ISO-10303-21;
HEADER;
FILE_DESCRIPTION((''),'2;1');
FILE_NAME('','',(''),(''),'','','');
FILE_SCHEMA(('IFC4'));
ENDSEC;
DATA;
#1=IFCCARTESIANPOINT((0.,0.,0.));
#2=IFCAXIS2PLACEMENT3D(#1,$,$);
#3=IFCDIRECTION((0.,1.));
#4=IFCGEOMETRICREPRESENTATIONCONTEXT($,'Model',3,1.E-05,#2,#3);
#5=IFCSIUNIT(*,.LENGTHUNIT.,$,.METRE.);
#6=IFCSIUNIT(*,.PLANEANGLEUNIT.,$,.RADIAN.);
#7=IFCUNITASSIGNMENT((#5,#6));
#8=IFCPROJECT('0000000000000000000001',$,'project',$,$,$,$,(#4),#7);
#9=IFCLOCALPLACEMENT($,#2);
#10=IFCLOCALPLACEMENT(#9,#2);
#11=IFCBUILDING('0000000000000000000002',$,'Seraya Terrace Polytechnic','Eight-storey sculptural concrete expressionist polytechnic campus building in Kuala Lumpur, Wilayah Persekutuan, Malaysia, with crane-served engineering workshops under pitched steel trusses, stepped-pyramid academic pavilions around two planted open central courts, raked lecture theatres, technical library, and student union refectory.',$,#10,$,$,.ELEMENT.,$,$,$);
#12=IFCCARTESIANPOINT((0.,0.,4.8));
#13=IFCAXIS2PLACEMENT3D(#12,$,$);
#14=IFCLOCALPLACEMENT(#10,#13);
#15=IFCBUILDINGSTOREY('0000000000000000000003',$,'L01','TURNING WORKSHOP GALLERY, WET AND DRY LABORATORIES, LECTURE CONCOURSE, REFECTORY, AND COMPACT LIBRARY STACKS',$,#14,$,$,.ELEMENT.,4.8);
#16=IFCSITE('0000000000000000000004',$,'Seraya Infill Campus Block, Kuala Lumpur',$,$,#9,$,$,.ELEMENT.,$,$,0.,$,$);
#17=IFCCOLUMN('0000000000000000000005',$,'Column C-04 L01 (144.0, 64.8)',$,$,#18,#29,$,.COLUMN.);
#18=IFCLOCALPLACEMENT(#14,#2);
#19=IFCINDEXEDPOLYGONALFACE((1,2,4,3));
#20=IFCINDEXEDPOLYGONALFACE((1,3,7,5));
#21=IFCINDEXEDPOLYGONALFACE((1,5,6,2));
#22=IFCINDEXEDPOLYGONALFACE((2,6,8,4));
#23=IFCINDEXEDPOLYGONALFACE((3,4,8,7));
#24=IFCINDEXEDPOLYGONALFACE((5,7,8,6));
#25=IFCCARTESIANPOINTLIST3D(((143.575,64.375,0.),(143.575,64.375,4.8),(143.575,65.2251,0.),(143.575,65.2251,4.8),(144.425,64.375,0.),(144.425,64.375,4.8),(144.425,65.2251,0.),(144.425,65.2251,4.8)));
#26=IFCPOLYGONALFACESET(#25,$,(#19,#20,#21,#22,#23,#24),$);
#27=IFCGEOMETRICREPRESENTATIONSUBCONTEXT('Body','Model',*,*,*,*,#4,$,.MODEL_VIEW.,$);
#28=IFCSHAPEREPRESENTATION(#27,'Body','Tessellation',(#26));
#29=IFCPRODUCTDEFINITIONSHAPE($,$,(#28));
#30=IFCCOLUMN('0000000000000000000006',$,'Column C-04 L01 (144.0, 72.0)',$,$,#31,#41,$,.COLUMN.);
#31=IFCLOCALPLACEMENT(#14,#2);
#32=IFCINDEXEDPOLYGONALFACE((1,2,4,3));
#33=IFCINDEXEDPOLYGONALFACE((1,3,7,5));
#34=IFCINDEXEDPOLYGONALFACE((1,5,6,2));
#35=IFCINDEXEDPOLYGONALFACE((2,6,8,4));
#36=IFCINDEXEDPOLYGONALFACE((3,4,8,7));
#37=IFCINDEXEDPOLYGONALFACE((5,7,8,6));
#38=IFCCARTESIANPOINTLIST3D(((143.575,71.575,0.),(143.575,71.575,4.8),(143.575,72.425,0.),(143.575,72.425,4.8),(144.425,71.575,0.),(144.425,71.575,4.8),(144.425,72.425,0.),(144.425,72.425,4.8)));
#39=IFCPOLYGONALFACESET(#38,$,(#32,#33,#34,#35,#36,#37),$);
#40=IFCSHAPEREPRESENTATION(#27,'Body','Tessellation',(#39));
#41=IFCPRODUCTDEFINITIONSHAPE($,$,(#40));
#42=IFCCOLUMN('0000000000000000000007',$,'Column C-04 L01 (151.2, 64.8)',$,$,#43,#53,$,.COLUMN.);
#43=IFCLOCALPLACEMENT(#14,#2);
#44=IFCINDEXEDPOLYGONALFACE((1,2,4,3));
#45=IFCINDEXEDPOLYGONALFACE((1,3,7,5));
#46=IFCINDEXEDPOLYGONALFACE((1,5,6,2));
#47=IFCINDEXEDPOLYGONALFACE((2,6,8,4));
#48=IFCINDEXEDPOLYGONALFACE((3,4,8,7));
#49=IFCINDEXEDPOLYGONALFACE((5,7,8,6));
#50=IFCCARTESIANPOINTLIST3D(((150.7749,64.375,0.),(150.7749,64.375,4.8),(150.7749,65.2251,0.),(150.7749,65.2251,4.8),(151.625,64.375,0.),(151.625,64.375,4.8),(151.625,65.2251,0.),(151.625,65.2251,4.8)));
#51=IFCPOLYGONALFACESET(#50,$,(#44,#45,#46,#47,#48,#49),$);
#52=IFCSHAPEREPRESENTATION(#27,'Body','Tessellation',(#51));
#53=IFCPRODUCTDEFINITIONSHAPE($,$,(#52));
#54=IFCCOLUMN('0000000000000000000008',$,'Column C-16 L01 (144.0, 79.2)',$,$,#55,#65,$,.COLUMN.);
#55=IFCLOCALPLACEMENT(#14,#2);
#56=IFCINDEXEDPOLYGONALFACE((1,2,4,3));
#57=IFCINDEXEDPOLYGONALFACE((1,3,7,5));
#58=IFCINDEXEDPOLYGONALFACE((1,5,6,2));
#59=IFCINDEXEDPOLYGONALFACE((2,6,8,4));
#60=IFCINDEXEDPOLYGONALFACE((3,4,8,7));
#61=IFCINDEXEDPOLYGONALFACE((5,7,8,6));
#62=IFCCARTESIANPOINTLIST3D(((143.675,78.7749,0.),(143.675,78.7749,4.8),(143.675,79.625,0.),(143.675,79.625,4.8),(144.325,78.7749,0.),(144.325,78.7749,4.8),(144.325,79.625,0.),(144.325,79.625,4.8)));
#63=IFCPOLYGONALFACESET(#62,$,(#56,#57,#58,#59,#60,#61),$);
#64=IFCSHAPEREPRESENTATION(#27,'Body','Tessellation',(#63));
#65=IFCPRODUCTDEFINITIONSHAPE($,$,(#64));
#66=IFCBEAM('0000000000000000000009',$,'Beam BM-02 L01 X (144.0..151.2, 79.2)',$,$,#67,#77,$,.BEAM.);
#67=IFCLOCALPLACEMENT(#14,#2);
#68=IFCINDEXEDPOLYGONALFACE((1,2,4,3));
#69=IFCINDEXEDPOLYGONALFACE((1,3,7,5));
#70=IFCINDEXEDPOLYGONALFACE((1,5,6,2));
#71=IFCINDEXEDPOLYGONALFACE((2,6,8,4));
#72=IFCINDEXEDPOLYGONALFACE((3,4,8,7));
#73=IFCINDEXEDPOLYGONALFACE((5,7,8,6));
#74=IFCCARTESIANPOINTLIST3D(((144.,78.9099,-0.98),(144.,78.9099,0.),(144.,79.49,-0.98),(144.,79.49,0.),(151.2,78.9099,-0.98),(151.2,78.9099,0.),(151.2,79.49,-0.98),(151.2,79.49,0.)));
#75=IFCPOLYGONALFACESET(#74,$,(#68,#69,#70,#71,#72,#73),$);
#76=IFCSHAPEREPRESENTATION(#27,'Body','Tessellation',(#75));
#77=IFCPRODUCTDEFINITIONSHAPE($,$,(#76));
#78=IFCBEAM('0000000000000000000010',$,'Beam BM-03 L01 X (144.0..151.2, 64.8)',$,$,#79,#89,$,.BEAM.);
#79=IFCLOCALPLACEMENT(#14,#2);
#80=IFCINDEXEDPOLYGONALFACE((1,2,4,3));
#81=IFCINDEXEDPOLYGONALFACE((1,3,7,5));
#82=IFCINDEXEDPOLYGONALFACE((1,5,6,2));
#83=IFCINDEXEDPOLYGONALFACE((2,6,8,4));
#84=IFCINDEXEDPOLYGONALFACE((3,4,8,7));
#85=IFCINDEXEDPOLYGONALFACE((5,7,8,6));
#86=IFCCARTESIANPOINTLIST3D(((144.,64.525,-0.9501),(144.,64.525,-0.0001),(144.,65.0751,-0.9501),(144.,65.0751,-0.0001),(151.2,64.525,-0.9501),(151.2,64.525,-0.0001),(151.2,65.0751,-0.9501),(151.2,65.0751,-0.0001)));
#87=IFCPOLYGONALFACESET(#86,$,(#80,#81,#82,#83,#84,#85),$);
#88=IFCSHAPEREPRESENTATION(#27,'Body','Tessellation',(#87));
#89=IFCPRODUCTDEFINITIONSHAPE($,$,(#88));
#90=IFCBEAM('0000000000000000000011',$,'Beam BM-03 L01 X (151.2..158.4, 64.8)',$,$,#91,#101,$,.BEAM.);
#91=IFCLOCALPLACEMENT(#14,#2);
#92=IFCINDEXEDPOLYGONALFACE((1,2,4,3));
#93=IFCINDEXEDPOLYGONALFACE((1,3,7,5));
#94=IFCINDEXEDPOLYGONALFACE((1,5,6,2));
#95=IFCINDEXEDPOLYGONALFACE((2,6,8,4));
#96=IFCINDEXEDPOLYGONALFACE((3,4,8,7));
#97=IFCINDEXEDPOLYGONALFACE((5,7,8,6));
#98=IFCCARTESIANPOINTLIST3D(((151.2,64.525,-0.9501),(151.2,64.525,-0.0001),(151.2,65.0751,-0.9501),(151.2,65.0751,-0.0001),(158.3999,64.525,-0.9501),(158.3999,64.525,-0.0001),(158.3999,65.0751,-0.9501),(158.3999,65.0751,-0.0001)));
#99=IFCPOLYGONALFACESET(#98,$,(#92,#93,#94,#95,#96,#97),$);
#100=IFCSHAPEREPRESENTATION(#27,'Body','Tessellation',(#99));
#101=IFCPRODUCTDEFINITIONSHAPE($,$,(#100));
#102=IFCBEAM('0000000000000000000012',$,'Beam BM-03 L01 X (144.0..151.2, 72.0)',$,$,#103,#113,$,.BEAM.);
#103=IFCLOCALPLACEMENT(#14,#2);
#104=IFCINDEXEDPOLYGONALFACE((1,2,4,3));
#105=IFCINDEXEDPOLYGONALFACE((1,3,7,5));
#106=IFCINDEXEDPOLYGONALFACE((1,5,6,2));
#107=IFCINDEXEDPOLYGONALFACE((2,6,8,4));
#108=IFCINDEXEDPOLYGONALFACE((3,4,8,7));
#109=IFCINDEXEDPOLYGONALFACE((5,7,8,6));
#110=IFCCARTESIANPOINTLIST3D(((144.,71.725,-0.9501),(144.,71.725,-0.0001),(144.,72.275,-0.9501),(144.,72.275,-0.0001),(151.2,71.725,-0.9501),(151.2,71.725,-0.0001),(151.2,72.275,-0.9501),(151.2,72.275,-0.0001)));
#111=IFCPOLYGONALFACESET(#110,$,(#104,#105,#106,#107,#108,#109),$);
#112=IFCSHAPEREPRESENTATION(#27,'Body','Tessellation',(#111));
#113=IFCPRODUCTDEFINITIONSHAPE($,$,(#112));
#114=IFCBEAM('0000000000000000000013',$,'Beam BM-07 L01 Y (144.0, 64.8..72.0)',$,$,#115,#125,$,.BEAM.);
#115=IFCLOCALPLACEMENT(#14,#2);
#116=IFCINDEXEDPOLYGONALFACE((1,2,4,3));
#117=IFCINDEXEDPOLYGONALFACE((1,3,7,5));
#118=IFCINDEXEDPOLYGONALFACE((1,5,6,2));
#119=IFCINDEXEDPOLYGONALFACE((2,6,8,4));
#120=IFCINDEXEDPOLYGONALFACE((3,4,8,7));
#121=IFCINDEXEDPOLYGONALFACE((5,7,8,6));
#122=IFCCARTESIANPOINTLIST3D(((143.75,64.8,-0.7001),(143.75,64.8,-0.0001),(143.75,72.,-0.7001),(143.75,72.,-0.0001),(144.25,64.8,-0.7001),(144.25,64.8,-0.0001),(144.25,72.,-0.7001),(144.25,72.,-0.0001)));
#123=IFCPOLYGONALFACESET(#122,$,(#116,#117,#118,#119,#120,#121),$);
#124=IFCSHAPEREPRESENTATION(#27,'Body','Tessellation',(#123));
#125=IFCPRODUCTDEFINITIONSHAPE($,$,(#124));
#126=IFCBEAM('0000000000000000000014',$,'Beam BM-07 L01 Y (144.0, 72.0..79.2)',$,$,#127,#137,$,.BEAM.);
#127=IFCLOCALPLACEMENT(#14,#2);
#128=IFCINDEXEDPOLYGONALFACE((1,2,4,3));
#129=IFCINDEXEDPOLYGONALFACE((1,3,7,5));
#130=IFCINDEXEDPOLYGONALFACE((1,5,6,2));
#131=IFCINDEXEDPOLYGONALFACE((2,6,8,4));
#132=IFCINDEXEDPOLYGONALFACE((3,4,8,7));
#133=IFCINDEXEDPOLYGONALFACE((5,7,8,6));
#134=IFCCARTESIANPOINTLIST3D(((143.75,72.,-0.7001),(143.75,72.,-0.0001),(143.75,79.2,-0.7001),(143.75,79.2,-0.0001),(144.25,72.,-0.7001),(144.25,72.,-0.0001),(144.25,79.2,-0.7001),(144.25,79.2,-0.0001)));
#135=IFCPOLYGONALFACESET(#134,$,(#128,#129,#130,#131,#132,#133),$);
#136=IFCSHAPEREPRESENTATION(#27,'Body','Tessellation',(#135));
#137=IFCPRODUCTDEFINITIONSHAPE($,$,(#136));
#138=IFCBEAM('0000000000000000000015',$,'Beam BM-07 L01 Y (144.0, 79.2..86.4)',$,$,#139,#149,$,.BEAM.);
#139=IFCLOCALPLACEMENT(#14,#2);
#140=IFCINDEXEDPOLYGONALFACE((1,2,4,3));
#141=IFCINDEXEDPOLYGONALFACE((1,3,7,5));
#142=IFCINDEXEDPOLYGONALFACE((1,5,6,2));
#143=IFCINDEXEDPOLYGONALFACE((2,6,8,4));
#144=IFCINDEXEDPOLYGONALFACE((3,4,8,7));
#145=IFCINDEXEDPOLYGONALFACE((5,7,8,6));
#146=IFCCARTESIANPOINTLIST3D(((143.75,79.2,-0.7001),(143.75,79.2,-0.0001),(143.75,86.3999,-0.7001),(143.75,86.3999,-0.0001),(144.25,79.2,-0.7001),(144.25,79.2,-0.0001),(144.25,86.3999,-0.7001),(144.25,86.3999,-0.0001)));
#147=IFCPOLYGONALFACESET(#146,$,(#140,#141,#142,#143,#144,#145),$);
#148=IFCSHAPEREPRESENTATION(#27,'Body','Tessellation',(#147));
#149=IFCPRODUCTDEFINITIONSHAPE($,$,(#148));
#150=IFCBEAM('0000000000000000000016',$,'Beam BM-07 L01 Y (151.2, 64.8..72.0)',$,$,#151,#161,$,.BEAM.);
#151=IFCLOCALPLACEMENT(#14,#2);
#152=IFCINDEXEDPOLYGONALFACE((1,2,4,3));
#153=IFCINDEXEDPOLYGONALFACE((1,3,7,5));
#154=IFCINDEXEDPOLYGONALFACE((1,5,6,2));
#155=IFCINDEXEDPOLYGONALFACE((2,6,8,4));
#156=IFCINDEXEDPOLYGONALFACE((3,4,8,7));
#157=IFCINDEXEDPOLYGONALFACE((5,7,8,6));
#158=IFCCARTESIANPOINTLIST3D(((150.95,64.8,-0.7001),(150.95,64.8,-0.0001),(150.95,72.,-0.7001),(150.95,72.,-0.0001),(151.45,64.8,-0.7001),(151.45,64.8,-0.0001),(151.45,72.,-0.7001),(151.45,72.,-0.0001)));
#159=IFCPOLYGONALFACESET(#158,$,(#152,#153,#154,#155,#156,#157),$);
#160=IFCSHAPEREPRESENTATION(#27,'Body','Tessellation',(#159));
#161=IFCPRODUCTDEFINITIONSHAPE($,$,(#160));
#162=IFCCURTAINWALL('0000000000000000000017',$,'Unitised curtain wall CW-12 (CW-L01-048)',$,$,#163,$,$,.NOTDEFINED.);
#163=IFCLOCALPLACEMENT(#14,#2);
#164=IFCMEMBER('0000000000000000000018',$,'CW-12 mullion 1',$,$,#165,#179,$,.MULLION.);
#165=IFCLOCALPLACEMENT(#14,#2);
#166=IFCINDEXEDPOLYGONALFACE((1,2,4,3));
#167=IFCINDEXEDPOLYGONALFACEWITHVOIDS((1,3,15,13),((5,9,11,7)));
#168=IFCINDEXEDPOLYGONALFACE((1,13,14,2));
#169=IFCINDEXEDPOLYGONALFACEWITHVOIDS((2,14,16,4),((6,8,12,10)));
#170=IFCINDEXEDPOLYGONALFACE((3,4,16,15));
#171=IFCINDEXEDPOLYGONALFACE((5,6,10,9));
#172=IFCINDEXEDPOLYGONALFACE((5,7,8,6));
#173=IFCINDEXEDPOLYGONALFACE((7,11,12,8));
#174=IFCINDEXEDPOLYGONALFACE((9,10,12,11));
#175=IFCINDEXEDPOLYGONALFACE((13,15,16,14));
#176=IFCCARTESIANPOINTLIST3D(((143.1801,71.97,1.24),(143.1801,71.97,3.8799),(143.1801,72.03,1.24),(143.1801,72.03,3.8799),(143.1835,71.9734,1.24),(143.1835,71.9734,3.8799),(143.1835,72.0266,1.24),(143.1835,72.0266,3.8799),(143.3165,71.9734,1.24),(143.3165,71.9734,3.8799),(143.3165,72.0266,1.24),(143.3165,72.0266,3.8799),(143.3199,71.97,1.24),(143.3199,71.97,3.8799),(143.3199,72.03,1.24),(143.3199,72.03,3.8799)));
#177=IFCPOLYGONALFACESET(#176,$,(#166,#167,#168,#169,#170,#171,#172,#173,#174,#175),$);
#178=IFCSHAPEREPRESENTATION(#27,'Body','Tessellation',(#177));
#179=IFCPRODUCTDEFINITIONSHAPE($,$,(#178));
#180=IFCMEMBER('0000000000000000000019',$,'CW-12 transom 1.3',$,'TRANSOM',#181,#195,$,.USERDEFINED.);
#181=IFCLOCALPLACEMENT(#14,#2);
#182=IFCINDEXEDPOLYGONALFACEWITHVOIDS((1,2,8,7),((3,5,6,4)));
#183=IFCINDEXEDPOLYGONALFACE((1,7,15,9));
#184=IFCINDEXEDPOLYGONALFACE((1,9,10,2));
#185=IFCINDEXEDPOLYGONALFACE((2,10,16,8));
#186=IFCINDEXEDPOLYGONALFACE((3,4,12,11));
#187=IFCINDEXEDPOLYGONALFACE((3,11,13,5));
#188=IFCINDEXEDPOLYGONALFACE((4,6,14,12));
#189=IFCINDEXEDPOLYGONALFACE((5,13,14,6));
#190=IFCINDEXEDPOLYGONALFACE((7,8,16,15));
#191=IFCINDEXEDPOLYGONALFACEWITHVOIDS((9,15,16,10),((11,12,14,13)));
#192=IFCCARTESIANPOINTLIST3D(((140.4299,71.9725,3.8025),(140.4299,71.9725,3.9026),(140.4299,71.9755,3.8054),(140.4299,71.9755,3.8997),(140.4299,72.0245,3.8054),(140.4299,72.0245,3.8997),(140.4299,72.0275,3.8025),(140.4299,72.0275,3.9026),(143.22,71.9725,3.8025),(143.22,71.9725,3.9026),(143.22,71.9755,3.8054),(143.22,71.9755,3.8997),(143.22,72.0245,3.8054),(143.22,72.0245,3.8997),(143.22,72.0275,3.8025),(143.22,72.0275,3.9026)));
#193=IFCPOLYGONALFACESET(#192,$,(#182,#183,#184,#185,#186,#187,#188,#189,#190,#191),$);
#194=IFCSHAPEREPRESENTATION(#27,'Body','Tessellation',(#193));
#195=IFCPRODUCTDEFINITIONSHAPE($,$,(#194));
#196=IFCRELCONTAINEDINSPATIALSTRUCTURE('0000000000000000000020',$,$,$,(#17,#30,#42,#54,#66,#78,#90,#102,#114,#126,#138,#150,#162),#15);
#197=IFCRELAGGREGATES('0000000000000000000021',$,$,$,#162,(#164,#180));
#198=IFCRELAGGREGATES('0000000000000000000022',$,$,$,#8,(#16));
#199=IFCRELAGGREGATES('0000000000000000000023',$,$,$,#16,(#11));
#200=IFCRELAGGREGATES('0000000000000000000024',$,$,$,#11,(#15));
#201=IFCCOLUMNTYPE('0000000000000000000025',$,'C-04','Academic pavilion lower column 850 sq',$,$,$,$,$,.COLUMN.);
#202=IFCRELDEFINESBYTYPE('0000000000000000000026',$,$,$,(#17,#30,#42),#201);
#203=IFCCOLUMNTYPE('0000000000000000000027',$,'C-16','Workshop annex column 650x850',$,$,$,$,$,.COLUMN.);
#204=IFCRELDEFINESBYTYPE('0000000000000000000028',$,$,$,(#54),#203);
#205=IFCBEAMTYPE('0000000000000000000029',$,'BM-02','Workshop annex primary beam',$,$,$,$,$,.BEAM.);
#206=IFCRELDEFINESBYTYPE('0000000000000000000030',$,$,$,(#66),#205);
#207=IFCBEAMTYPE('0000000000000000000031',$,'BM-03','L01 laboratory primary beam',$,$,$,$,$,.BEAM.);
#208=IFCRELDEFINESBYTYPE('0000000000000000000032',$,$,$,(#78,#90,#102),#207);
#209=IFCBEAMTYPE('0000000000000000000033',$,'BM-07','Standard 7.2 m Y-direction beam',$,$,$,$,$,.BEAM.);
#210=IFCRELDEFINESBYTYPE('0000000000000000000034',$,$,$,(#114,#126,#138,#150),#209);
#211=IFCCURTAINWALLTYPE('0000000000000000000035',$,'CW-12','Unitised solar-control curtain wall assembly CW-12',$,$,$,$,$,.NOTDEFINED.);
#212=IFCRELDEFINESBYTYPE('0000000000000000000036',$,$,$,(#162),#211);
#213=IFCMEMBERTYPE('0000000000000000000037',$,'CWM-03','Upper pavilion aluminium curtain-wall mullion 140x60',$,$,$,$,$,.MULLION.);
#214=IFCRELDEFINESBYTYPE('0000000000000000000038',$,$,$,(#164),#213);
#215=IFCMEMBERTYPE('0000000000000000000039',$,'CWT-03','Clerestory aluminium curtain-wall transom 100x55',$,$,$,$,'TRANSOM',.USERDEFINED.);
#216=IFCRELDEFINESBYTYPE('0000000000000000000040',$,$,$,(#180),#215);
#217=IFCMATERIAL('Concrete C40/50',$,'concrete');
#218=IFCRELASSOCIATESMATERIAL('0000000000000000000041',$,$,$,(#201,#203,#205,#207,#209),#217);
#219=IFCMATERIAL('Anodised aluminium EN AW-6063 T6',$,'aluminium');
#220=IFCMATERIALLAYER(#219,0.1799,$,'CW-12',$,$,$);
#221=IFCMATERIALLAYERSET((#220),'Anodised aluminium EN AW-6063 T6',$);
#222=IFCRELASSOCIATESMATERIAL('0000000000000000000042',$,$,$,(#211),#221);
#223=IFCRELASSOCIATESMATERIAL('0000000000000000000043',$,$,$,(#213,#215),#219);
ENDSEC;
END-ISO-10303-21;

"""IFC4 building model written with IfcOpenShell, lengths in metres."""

from ifc_helpers import new_model, si_unit, direction, frame, origin, origin_2d, place, context, subcontext, project, spatial, rectangle, hollow_rectangle, extrude, material, layer, layer_set, material_profile, profile_set, type_object, element, aggregate, save


model = new_model("IFC4")

# Units and contexts
model_context = context("Model", 3, precision=1e-05, world=origin(), true_north=direction((0.0, 1.0)))
body_context = subcontext(model_context, "Body", "Model", "MODEL_VIEW")
ifc_project = project(units=[si_unit("LENGTHUNIT", "METRE"), si_unit("PLANEANGLEUNIT", "RADIAN")], contexts=[model_context])

# Site, building, storey
site_placement = place(None, origin())
site = spatial("IfcSite", under=ifc_project, at=site_placement, Name="Seraya Infill Campus Block, Kuala Lumpur", CompositionType="ELEMENT", RefElevation=0.0)
building_placement = place(site_placement, origin())
building = spatial("IfcBuilding", under=site, at=building_placement, Name="Seraya Terrace Polytechnic", Description="Eight-storey sculptural concrete expressionist polytechnic campus building in Kuala Lumpur, Wilayah Persekutuan, Malaysia, with crane-served engineering workshops under pitched steel trusses, stepped-pyramid academic pavilions around two planted open central courts, raked lecture theatres, technical library, and student union refectory.", CompositionType="ELEMENT")
storey_placement = place(building_placement, frame((0.0, 0.0, 4.8)))
storey = spatial("IfcBuildingStorey", under=building, at=storey_placement, Name="L01", Description="TURNING WORKSHOP GALLERY, WET AND DRY LABORATORIES, LECTURE CONCOURSE, REFECTORY, AND COMPACT LIBRARY STACKS", CompositionType="ELEMENT", Elevation=4.8)

# Columns
ifc_material_1 = material(Name="Concrete C40/50", Category="concrete")
ifc_material_profile_1 = material_profile(ifc_material_1, rectangle(XDim=0.8501, YDim=0.8501, at=origin_2d()), Name="RC 850x850")
ifc_profile_set_1 = profile_set([ifc_material_profile_1], Name="Concrete C40/50")
column_type_1 = type_object("IfcColumnType", Name="C-04", Description="Academic pavilion lower column 850 sq", PredefinedType="COLUMN", material=ifc_profile_set_1)
for number, where, z_axis, x_axis, name in (
    (1, (144.0, 64.8, 0.0), (0.0, 0.0, 1.0), (1.0, 0.0, 0.0), "Column C-04 L01 (144.0, 64.8)"),
    (2, (144.0, 72.0, 0.0), (0.0, 0.0, 1.0), (1.0, 0.0, 0.0), "Column C-04 L01 (144.0, 72.0)"),
    (3, (151.2, 64.8, 0.0), (0.0, 0.0, 1.0), (1.0, 0.0, 0.0), "Column C-04 L01 (151.2, 64.8)"),
):
    element("IfcColumn", number, at=place(storey_placement, frame(where, z_axis=z_axis, x_axis=x_axis)), inside=storey, type_object=column_type_1, Name=name, PredefinedType="COLUMN", context=body_context, shape_type="SweptSolid", body=[
        extrude(rectangle(XDim=0.8501, YDim=0.8501, at=origin_2d()), origin(), (0.0, 0.0, 1.0), 4.8),
    ])
ifc_material_profile_2 = material_profile(ifc_material_1, rectangle(XDim=0.6499, YDim=0.8501, at=origin_2d()), Name="RC 650x850")
ifc_profile_set_2 = profile_set([ifc_material_profile_2], Name="Concrete C40/50")
column_type_2 = type_object("IfcColumnType", Name="C-16", Description="Workshop annex column 650x850", PredefinedType="COLUMN", material=ifc_profile_set_2)
column_placement = place(storey_placement, frame((144.0, 79.2, 0.0), z_axis=(0.0, 0.0, 1.0), x_axis=(1.0, 0.0, 0.0)))
element("IfcColumn", 4, at=column_placement, inside=storey, type_object=column_type_2, Name="Column C-16 L01 (144.0, 79.2)", PredefinedType="COLUMN", context=body_context, shape_type="SweptSolid", body=[
    extrude(rectangle(XDim=0.6499, YDim=0.8501, at=origin_2d()), origin(), (0.0, 0.0, 1.0), 4.8),
])

# Beams
ifc_material_profile_3 = material_profile(ifc_material_1, rectangle(XDim=0.5801, YDim=0.98, at=origin_2d()), Name="RC 580x980")
ifc_profile_set_3 = profile_set([ifc_material_profile_3], Name="Concrete C40/50")
beam_type_1 = type_object("IfcBeamType", Name="BM-02", Description="Workshop annex primary beam", PredefinedType="BEAM", material=ifc_profile_set_3)
beam_placement = place(storey_placement, frame((144.0, 79.2, -0.49), z_axis=(1.0, 0.0, 0.0), x_axis=(0.0, 1.0, 0.0)))
element("IfcBeam", 5, at=beam_placement, inside=storey, type_object=beam_type_1, Name="Beam BM-02 L01 X (144.0..151.2, 79.2)", PredefinedType="BEAM", context=body_context, shape_type="SweptSolid", body=[
    extrude(rectangle(XDim=0.5801, YDim=0.98, at=origin_2d()), origin(), (0.0, 0.0, 1.0), 7.2),
])
ifc_material_profile_4 = material_profile(ifc_material_1, rectangle(XDim=0.55, YDim=0.95, at=origin_2d()), Name="RC 550x950")
ifc_profile_set_4 = profile_set([ifc_material_profile_4], Name="Concrete C40/50")
beam_type_2 = type_object("IfcBeamType", Name="BM-03", Description="L01 laboratory primary beam", PredefinedType="BEAM", material=ifc_profile_set_4)
for number, where, z_axis, x_axis, name in (
    (6, (144.0, 64.8, -0.4751), (1.0, 0.0, 0.0), (0.0, 1.0, 0.0), "Beam BM-03 L01 X (144.0..151.2, 64.8)"),
    (7, (151.2, 64.8, -0.4751), (1.0, 0.0, 0.0), (0.0, 1.0, 0.0), "Beam BM-03 L01 X (151.2..158.4, 64.8)"),
    (8, (144.0, 72.0, -0.4751), (1.0, 0.0, 0.0), (0.0, 1.0, 0.0), "Beam BM-03 L01 X (144.0..151.2, 72.0)"),
):
    element("IfcBeam", number, at=place(storey_placement, frame(where, z_axis=z_axis, x_axis=x_axis)), inside=storey, type_object=beam_type_2, Name=name, PredefinedType="BEAM", context=body_context, shape_type="SweptSolid", body=[
        extrude(rectangle(XDim=0.55, YDim=0.95, at=origin_2d()), origin(), (0.0, 0.0, 1.0), 7.2),
    ])
ifc_material_profile_5 = material_profile(ifc_material_1, rectangle(XDim=0.5, YDim=0.7, at=origin_2d()), Name="RC 500x700")
ifc_profile_set_5 = profile_set([ifc_material_profile_5], Name="Concrete C40/50")
beam_type_3 = type_object("IfcBeamType", Name="BM-07", Description="Standard 7.2 m Y-direction beam", PredefinedType="BEAM", material=ifc_profile_set_5)
for number, where, z_axis, x_axis, name in (
    (9, (144.0, 64.8, -0.3501), (0.0, 1.0, 0.0), (-1.0, 0.0, 0.0), "Beam BM-07 L01 Y (144.0, 64.8..72.0)"),
    (10, (144.0, 72.0, -0.3501), (0.0, 1.0, 0.0), (-1.0, 0.0, 0.0), "Beam BM-07 L01 Y (144.0, 72.0..79.2)"),
    (11, (144.0, 79.2, -0.3501), (0.0, 1.0, 0.0), (-1.0, 0.0, 0.0), "Beam BM-07 L01 Y (144.0, 79.2..86.4)"),
    (12, (151.2, 64.8, -0.3501), (0.0, 1.0, 0.0), (-1.0, 0.0, 0.0), "Beam BM-07 L01 Y (151.2, 64.8..72.0)"),
):
    element("IfcBeam", number, at=place(storey_placement, frame(where, z_axis=z_axis, x_axis=x_axis)), inside=storey, type_object=beam_type_3, Name=name, PredefinedType="BEAM", context=body_context, shape_type="SweptSolid", body=[
        extrude(rectangle(XDim=0.5, YDim=0.7, at=origin_2d()), origin(), (0.0, 0.0, 1.0), 7.2),
    ])

# Curtain wall, members
ifc_material_2 = material(Name="Anodised aluminium EN AW-6063 T6", Category="aluminium")
ifc_layer_1 = layer(ifc_material_2, 0.1799, Name="CW-12")
ifc_layer_set_1 = layer_set([ifc_layer_1], Name="Anodised aluminium EN AW-6063 T6")
curtain_wall_type = type_object("IfcCurtainWallType", Name="CW-12", Description="Unitised solar-control curtain wall assembly CW-12", PredefinedType="NOTDEFINED", material=ifc_layer_set_1)
curtain_wall_placement = place(storey_placement, origin())
curtain_wall = element("IfcCurtainWall", 13, at=curtain_wall_placement, inside=storey, type_object=curtain_wall_type, Name="Unitised curtain wall CW-12 (CW-L01-048)", PredefinedType="NOTDEFINED")
ifc_material_profile_6 = material_profile(ifc_material_2, hollow_rectangle(XDim=0.0601, YDim=0.1399, WallThickness=0.0034, at=origin_2d()), Name="RHS 140x60x3.5")
ifc_profile_set_6 = profile_set([ifc_material_profile_6], Name="Anodised aluminium EN AW-6063 T6")
member_type_1 = type_object("IfcMemberType", Name="CWM-03", Description="Upper pavilion aluminium curtain-wall mullion 140x60", PredefinedType="MULLION", material=ifc_profile_set_6)
member_1_placement = place(storey_placement, frame((143.25, 72.0, 1.24), z_axis=(0.0, 0.0, 1.0), x_axis=(0.0, -1.0, 0.0)))
member_1 = element("IfcMember", 14, at=member_1_placement, type_object=member_type_1, Name="CW-12 mullion 1", PredefinedType="MULLION", context=body_context, shape_type="SweptSolid", body=[
    extrude(hollow_rectangle(XDim=0.0601, YDim=0.1399, WallThickness=0.0034, at=origin_2d()), origin(), (0.0, 0.0, 1.0), 2.6399),
])
ifc_material_profile_7 = material_profile(ifc_material_2, hollow_rectangle(XDim=0.0549, YDim=0.1001, WallThickness=0.0029, at=origin_2d()), Name="RHS 100x55x3.0")
ifc_profile_set_7 = profile_set([ifc_material_profile_7], Name="Anodised aluminium EN AW-6063 T6")
member_type_2 = type_object("IfcMemberType", Name="CWT-03", Description="Clerestory aluminium curtain-wall transom 100x55", ElementType="TRANSOM", PredefinedType="USERDEFINED", material=ifc_profile_set_7)
member_2_placement = place(storey_placement, frame((143.22, 72.0, 3.8525), z_axis=(-1.0, 0.0, 0.0), x_axis=(0.0, -1.0, 0.0)))
member_2 = element("IfcMember", 15, at=member_2_placement, type_object=member_type_2, Name="CW-12 transom 1.3", ObjectType="TRANSOM", PredefinedType="USERDEFINED", context=body_context, shape_type="SweptSolid", body=[
    extrude(hollow_rectangle(XDim=0.0549, YDim=0.1001, WallThickness=0.0029, at=origin_2d()), origin(), (0.0, 0.0, 1.0), 2.79),
])
aggregate(curtain_wall, [member_1, member_2])

save(model, "model.ifc")
